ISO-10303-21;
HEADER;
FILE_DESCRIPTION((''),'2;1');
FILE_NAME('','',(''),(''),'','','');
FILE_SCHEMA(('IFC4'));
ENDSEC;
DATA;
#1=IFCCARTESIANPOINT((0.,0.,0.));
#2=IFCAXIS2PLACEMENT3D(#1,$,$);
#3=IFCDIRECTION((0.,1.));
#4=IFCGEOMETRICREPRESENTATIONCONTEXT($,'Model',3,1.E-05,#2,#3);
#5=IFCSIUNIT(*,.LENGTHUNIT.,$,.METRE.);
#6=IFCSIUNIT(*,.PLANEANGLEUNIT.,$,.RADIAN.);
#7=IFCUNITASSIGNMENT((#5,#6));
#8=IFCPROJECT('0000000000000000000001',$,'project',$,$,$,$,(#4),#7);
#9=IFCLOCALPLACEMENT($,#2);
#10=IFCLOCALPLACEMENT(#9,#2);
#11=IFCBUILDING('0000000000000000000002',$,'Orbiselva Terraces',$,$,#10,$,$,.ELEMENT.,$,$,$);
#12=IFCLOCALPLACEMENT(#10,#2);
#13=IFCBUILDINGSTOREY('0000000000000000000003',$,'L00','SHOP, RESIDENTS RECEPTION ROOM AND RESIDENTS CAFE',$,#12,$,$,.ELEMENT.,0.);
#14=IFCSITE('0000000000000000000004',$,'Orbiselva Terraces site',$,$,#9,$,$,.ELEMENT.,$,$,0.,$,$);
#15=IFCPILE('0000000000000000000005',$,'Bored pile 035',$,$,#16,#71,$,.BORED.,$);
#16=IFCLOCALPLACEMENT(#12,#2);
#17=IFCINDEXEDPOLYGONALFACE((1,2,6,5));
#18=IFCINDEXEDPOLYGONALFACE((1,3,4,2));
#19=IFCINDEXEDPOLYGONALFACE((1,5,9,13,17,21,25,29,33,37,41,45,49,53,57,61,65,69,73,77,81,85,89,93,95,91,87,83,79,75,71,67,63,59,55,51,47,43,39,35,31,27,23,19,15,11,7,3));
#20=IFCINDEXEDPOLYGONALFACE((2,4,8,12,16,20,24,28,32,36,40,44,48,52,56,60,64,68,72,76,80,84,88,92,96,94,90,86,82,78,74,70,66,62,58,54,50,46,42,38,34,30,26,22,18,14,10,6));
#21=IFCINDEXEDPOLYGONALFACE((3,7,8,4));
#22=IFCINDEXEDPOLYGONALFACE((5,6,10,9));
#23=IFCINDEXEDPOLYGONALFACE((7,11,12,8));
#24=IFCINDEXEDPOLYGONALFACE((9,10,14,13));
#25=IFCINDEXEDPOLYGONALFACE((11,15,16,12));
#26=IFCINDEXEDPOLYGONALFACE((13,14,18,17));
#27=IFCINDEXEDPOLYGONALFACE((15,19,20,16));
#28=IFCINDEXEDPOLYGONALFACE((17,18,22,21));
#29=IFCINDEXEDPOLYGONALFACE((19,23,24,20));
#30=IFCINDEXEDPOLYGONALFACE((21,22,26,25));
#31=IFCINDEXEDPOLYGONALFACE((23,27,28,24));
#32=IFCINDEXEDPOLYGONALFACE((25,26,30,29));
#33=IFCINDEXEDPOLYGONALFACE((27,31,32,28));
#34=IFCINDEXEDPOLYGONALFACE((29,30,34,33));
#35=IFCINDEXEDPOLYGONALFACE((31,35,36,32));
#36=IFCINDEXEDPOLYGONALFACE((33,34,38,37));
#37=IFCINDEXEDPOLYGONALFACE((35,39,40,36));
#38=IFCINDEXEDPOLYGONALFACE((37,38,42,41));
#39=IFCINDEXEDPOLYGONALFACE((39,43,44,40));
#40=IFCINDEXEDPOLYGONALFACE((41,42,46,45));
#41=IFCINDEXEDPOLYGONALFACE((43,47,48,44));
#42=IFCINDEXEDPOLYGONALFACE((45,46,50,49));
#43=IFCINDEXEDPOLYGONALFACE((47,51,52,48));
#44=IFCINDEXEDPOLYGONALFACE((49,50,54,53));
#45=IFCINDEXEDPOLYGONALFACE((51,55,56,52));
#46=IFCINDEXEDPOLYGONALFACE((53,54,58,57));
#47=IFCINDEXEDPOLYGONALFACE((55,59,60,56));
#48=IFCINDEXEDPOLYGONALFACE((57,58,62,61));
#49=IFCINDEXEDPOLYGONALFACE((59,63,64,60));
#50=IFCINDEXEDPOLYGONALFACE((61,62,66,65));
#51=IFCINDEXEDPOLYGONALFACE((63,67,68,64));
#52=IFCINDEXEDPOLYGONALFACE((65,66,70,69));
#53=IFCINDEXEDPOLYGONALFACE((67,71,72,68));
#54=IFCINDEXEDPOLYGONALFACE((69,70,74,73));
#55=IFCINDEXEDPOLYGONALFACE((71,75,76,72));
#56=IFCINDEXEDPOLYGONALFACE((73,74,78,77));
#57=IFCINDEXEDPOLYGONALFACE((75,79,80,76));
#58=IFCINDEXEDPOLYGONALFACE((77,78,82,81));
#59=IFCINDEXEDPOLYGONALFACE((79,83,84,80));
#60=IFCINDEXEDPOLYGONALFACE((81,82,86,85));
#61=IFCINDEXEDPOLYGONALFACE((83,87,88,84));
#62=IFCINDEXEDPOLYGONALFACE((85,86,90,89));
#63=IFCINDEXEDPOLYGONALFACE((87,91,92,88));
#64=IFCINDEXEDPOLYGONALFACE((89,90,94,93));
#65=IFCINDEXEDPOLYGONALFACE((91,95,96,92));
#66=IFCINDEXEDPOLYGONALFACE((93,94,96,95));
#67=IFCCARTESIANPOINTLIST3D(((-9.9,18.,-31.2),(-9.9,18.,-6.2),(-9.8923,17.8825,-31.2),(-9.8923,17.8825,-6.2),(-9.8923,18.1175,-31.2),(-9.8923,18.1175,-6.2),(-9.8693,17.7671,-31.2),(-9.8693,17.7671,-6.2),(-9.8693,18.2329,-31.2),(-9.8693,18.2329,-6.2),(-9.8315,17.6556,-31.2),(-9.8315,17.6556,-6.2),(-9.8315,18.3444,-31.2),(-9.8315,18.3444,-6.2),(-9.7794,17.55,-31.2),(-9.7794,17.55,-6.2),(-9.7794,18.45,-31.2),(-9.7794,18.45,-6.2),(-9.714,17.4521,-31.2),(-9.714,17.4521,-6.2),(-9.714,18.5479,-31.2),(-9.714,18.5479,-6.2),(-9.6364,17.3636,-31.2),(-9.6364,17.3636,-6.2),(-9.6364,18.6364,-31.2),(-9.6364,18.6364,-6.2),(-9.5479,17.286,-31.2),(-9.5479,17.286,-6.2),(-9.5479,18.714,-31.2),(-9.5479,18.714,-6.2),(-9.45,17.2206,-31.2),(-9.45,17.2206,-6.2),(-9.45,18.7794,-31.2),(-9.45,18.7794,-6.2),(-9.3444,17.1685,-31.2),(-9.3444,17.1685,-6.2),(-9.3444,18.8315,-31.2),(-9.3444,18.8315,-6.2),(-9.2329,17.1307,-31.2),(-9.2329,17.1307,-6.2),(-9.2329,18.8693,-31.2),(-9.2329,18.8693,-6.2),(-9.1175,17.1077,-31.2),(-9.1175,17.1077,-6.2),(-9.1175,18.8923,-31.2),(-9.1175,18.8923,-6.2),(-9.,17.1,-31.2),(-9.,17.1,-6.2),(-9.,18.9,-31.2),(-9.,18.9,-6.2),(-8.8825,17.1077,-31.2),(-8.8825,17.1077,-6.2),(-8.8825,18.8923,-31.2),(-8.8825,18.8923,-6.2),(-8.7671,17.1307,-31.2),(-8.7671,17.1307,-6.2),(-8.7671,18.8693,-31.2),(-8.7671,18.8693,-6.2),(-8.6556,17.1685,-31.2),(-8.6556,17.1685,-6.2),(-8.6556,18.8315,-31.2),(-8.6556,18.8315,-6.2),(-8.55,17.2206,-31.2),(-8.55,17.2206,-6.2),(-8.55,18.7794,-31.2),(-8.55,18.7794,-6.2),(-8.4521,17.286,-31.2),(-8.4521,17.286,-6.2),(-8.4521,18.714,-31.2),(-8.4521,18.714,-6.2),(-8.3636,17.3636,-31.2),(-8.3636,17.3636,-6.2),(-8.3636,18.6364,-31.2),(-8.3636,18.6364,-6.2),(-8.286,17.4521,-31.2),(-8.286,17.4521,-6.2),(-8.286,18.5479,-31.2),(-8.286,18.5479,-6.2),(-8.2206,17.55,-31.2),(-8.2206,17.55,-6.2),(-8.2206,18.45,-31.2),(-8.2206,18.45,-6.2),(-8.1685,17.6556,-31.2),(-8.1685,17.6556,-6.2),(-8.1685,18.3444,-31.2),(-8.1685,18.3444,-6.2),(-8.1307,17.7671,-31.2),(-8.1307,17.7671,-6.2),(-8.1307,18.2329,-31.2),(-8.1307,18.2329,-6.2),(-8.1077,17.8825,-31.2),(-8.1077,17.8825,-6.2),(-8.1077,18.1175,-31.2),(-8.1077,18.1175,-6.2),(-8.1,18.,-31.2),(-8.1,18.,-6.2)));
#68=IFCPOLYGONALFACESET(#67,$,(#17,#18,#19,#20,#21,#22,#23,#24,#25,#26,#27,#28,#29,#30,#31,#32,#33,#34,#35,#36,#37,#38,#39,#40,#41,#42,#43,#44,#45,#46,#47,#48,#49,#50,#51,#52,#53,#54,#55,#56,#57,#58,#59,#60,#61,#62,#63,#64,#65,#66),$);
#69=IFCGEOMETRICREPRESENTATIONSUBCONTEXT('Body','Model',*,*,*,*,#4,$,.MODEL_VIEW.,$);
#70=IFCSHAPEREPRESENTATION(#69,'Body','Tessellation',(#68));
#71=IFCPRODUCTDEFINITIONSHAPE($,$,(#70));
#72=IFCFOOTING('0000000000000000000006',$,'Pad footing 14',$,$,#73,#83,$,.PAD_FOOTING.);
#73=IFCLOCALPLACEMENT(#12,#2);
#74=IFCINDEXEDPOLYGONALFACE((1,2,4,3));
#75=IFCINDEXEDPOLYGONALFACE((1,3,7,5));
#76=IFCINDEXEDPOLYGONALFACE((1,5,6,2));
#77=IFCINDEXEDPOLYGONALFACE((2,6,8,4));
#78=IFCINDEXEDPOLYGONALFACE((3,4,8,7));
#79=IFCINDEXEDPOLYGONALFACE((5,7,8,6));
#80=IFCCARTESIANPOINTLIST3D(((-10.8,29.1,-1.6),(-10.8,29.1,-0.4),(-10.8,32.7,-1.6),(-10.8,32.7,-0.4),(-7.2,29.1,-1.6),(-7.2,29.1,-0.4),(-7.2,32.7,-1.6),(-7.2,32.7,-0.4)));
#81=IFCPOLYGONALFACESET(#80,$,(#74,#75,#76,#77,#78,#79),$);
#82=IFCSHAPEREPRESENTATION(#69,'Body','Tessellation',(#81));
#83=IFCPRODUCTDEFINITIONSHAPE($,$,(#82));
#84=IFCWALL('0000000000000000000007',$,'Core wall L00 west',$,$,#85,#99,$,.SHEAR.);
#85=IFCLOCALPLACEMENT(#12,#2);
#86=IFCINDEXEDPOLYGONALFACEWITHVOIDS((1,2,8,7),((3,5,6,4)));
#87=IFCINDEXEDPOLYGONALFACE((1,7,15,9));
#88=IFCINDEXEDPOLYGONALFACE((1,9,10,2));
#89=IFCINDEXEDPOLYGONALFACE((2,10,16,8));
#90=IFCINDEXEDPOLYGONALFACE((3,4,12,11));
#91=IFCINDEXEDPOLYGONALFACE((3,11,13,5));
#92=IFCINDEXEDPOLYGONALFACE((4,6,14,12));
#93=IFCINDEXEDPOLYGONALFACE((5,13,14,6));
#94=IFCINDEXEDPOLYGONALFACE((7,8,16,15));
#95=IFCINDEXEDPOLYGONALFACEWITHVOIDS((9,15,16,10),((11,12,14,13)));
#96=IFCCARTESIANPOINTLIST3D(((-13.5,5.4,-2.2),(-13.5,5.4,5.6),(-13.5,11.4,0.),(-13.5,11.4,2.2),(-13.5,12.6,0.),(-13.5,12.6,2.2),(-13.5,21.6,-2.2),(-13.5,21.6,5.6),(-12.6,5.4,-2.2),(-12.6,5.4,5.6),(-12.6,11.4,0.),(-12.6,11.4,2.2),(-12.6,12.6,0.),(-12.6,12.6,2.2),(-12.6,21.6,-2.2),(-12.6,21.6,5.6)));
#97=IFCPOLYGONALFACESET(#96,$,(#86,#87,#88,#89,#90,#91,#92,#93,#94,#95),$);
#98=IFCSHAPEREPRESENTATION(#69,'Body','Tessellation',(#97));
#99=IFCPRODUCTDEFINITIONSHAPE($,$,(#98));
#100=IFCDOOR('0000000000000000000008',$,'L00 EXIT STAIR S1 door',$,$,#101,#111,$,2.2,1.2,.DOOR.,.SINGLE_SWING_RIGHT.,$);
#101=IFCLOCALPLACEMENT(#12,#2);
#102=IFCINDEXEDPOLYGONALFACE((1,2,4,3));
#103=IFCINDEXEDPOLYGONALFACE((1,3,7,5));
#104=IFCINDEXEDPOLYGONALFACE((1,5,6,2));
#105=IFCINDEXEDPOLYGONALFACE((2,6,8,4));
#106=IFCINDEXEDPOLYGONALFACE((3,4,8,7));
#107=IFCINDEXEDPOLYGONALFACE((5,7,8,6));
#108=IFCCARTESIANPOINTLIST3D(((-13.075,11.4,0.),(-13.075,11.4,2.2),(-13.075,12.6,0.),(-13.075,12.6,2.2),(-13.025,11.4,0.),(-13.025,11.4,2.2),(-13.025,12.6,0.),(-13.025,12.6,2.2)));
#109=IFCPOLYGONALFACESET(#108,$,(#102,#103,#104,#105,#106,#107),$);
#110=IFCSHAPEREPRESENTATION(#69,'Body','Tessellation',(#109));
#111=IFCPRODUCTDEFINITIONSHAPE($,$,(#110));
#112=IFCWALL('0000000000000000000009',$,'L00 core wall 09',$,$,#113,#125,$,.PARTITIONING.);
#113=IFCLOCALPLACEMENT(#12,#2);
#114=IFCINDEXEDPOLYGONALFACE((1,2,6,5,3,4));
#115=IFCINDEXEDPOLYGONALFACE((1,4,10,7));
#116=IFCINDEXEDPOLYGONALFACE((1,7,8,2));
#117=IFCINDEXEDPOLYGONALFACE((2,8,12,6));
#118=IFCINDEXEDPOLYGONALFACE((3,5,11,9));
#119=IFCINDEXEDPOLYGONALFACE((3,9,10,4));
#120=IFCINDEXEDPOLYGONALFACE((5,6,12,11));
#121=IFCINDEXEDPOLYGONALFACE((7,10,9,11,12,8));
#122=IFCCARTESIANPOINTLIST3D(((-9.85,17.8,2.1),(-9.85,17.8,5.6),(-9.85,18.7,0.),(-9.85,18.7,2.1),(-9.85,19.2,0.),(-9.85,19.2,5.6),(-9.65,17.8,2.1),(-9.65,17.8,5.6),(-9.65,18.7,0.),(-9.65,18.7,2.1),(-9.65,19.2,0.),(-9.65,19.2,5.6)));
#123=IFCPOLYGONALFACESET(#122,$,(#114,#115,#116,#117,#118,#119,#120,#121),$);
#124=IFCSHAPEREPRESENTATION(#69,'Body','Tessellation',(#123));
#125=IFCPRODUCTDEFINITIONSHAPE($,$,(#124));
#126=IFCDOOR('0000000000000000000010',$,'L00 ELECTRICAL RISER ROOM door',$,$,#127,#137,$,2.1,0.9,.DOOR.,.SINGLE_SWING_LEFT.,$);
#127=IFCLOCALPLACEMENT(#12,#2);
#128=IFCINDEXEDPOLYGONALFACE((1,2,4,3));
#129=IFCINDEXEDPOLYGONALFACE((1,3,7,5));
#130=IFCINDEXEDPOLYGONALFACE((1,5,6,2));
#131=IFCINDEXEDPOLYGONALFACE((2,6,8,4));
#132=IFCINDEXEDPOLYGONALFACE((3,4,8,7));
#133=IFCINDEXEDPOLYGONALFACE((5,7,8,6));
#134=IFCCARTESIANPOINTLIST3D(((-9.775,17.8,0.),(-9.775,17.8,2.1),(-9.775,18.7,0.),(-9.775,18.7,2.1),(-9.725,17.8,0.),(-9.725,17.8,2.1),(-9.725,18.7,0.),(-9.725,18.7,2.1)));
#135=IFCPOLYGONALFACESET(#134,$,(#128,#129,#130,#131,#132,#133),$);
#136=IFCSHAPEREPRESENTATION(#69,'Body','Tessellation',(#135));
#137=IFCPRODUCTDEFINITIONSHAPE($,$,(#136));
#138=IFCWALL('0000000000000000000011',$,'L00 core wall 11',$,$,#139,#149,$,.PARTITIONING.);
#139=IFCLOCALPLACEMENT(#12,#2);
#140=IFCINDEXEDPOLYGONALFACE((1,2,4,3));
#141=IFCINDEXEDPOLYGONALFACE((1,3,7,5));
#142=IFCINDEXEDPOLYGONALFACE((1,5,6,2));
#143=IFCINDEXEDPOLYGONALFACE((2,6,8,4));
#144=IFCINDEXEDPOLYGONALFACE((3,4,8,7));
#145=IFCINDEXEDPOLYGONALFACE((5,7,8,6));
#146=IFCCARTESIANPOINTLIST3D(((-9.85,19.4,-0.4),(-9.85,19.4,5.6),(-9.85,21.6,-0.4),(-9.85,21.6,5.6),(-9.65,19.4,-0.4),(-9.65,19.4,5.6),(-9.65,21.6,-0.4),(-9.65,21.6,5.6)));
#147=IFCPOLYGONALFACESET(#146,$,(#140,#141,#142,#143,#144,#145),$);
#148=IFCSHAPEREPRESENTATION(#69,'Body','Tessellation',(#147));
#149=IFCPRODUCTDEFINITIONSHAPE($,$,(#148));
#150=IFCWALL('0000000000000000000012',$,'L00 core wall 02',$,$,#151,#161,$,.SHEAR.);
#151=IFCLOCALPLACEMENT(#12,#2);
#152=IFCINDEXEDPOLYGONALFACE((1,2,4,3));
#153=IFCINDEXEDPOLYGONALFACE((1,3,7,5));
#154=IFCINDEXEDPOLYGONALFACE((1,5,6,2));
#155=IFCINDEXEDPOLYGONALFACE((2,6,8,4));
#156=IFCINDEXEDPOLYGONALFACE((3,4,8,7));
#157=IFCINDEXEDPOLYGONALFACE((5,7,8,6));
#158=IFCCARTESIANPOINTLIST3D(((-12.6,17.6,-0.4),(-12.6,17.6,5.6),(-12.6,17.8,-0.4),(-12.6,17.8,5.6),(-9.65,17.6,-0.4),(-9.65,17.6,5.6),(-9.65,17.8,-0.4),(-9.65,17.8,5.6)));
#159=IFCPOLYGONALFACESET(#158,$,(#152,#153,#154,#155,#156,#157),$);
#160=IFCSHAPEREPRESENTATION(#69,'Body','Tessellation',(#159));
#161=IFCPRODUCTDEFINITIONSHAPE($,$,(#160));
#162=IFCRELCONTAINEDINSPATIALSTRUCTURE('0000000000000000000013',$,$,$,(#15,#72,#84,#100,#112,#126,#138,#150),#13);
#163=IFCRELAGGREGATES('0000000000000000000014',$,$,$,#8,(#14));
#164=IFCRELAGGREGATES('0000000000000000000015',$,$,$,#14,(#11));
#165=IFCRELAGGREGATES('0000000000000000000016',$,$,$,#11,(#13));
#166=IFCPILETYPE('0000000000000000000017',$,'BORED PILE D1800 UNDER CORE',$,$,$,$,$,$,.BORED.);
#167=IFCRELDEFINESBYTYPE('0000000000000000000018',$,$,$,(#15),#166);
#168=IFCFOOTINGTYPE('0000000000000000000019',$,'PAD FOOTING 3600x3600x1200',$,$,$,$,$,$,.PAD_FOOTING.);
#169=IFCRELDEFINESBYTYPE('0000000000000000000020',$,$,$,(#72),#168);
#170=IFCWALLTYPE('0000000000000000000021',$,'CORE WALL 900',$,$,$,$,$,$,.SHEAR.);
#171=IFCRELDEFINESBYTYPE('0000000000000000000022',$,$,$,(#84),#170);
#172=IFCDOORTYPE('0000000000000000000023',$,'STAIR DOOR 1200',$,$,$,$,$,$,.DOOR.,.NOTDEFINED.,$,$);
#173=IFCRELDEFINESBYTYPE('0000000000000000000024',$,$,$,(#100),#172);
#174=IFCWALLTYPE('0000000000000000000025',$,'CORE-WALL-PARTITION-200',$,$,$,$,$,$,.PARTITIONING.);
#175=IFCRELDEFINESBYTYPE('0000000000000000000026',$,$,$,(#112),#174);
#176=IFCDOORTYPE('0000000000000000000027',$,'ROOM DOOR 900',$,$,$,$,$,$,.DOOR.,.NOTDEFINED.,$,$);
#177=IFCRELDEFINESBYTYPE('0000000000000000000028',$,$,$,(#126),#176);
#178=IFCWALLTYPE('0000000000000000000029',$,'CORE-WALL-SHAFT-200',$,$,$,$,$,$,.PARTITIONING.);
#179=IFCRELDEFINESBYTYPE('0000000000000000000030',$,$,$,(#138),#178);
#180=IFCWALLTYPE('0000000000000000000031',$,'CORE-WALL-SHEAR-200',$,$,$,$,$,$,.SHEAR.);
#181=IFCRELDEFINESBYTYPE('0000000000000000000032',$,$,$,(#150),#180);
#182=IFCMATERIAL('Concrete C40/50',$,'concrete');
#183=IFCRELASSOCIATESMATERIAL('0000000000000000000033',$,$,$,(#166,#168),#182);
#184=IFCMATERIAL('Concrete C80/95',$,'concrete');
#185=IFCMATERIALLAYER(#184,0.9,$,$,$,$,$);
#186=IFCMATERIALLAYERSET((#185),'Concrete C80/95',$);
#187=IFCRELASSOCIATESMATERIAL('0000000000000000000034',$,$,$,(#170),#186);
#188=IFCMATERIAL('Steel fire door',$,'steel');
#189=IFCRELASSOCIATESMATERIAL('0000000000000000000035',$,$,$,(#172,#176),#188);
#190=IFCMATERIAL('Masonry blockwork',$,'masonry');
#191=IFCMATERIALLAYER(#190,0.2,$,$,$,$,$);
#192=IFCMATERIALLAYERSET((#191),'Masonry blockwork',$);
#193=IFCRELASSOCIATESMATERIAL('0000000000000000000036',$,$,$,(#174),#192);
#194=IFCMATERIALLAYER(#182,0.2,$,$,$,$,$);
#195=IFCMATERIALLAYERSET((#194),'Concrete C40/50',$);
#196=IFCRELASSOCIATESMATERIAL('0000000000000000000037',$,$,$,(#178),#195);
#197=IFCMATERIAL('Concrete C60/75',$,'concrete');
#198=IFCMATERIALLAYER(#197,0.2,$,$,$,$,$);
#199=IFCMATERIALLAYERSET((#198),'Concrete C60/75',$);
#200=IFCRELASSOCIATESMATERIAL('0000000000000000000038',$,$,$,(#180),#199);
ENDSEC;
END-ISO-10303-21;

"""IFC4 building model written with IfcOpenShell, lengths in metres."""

from ifc_helpers import new_model, si_unit, direction, frame, frame_2d, origin, origin_2d, place, context, subcontext, project, spatial, rectangle, circle, extrude, material, layer, layer_set, material_profile, profile_set, type_object, element, fill, save


model = new_model("IFC4")

# Units and contexts
model_context = context("Model", 3, precision=1e-05, world=origin(), true_north=direction((0.0, 1.0)))
body_context = subcontext(model_context, "Body", "Model", "MODEL_VIEW")
ifc_project = project(units=[si_unit("LENGTHUNIT", "METRE"), si_unit("PLANEANGLEUNIT", "RADIAN")], contexts=[model_context])

# Site, building, storey
site_placement = place(None, origin())
site = spatial("IfcSite", under=ifc_project, at=site_placement, Name="Orbiselva Terraces site", CompositionType="ELEMENT", RefElevation=0.0)
building_placement = place(site_placement, origin())
building = spatial("IfcBuilding", under=site, at=building_placement, Name="Orbiselva Terraces", CompositionType="ELEMENT")
storey_placement = place(building_placement, origin())
storey = spatial("IfcBuildingStorey", under=building, at=storey_placement, Name="L00", Description="SHOP, RESIDENTS RECEPTION ROOM AND RESIDENTS CAFE", CompositionType="ELEMENT", Elevation=0.0)

# Pile
ifc_material_1 = material(Name="Concrete C40/50", Category="concrete")
ifc_material_profile_1 = material_profile(ifc_material_1, circle(Radius=0.9, at=origin_2d()), Name="D1800")
ifc_profile_set_1 = profile_set([ifc_material_profile_1], Name="Concrete C40/50")
pile_type_1 = type_object("IfcPileType", Name="BORED PILE D1800 UNDER CORE", PredefinedType="BORED", material=ifc_profile_set_1)
pile_placement = place(storey_placement, frame((-9.0, 18.0, -6.2), z_axis=(0.0, 0.0, -1.0), x_axis=(1.0, 0.0, 0.0)))
element("IfcPile", 1, at=pile_placement, inside=storey, type_object=pile_type_1, Name="Bored pile 035", PredefinedType="BORED", context=body_context, shape_type="SweptSolid", body=[
    extrude(circle(Radius=0.9, at=origin_2d()), origin(), (0.0, 0.0, 1.0), 25.0),
])

# Footing
footing_type = type_object("IfcFootingType", Name="PAD FOOTING 3600x3600x1200", PredefinedType="PAD_FOOTING", material=ifc_material_1)
footing_placement = place(storey_placement, frame((-9.0, 30.9, -1.6), z_axis=(0.0, 0.0, 1.0), x_axis=(1.0, 0.0, 0.0)))
element("IfcFooting", 2, at=footing_placement, inside=storey, type_object=footing_type, Name="Pad footing 14", PredefinedType="PAD_FOOTING", context=body_context, shape_type="SweptSolid", body=[
    extrude(rectangle(XDim=3.6, YDim=3.6, at=origin_2d()), origin(), (0.0, 0.0, 1.0), 1.2),
])

# Walls, openings, doors
ifc_material_2 = material(Name="Concrete C80/95", Category="concrete")
ifc_layer_1 = layer(ifc_material_2, 0.9)
ifc_layer_set_1 = layer_set([ifc_layer_1], Name="Concrete C80/95")
wall_type_1 = type_object("IfcWallType", Name="CORE WALL 900", PredefinedType="SHEAR", material=ifc_layer_set_1)
wall_1_placement = place(storey_placement, frame((-13.05, 21.6, -2.2), z_axis=(0.0, 0.0, 1.0), x_axis=(0.0, -1.0, 0.0)))
wall_1 = element("IfcWall", 3, at=wall_1_placement, inside=storey, type_object=wall_type_1, Name="Core wall L00 west", PredefinedType="SHEAR", context=body_context, shape_type="SweptSolid", body=[
    extrude(rectangle(XDim=16.2, YDim=0.9, at=frame_2d((8.1, 0.0))), origin(), (0.0, 0.0, 1.0), 7.8),
])
opening_1_placement = place(wall_1_placement, frame((9.0, 0.0, 2.2)))
opening_1 = element("IfcOpeningElement", 4, at=opening_1_placement, cuts=wall_1, PredefinedType="OPENING", context=body_context, shape_type="SweptSolid", body=[
    extrude(rectangle(XDim=1.2, YDim=2.2, at=frame_2d((0.6, 1.1))), frame((0.0, 0.46, 0.0), z_axis=(0.0, -1.0, 0.0), x_axis=(1.0, 0.0, 0.0)), (0.0, 0.0, 1.0), 0.92),
])
ifc_material_3 = material(Name="Steel fire door", Category="steel")
door_type_1 = type_object("IfcDoorType", Name="STAIR DOOR 1200", OperationType="NOTDEFINED", PredefinedType="DOOR", material=ifc_material_3)
door_1_placement = place(opening_1_placement, frame((1.2, 0.0, 0.0), z_axis=(0.0, 0.0, 1.0), x_axis=(-1.0, 0.0, 0.0)))
door_1 = element("IfcDoor", 5, at=door_1_placement, inside=storey, type_object=door_type_1, Name="L00 EXIT STAIR S1 door", OperationType="SINGLE_SWING_RIGHT", OverallHeight=2.2, OverallWidth=1.2, PredefinedType="DOOR", context=body_context, shape_type="SweptSolid", body=[
    extrude(rectangle(XDim=1.2, YDim=2.2, at=frame_2d((0.6, 1.1))), frame((0.0, 0.025, 0.0), z_axis=(0.0, -1.0, 0.0), x_axis=(1.0, 0.0, 0.0)), (0.0, 0.0, 1.0), 0.05),
])
fill(opening_1, door_1)
ifc_material_4 = material(Name="Masonry blockwork", Category="masonry")
ifc_layer_2 = layer(ifc_material_4, 0.2)
ifc_layer_set_2 = layer_set([ifc_layer_2], Name="Masonry blockwork")
wall_type_2 = type_object("IfcWallType", Name="CORE-WALL-PARTITION-200", PredefinedType="PARTITIONING", material=ifc_layer_set_2)
wall_2_placement = place(storey_placement, frame((-9.75, 17.8, 0.0), z_axis=(0.0, 0.0, 1.0), x_axis=(0.0, 1.0, 0.0)))
wall_2 = element("IfcWall", 6, at=wall_2_placement, inside=storey, type_object=wall_type_2, Name="L00 core wall 09", PredefinedType="PARTITIONING", context=body_context, shape_type="SweptSolid", body=[
    extrude(rectangle(XDim=1.4, YDim=0.2, at=frame_2d((0.7, 0.0))), origin(), (0.0, 0.0, 1.0), 5.6),
])
opening_2_placement = place(wall_2_placement, origin())
opening_2 = element("IfcOpeningElement", 7, at=opening_2_placement, cuts=wall_2, PredefinedType="OPENING", context=body_context, shape_type="SweptSolid", body=[
    extrude(rectangle(XDim=0.9, YDim=2.1, at=frame_2d((0.45, 1.05))), frame((0.0, 0.11, 0.0), z_axis=(0.0, -1.0, 0.0), x_axis=(1.0, 0.0, 0.0)), (0.0, 0.0, 1.0), 0.22),
])
door_type_2 = type_object("IfcDoorType", Name="ROOM DOOR 900", OperationType="NOTDEFINED", PredefinedType="DOOR", material=ifc_material_3)
door_2_placement = place(opening_2_placement, origin())
door_2 = element("IfcDoor", 8, at=door_2_placement, inside=storey, type_object=door_type_2, Name="L00 ELECTRICAL RISER ROOM door", OperationType="SINGLE_SWING_LEFT", OverallHeight=2.1, OverallWidth=0.9, PredefinedType="DOOR", context=body_context, shape_type="SweptSolid", body=[
    extrude(rectangle(XDim=0.9, YDim=2.1, at=frame_2d((0.45, 1.05))), frame((0.0, 0.025, 0.0), z_axis=(0.0, -1.0, 0.0), x_axis=(1.0, 0.0, 0.0)), (0.0, 0.0, 1.0), 0.05),
])
fill(opening_2, door_2)

# Walls
ifc_layer_3 = layer(ifc_material_1, 0.2)
ifc_layer_set_3 = layer_set([ifc_layer_3], Name="Concrete C40/50")
wall_type_3 = type_object("IfcWallType", Name="CORE-WALL-SHAFT-200", PredefinedType="PARTITIONING", material=ifc_layer_set_3)
wall_3_placement = place(storey_placement, frame((-9.75, 19.4, -0.4), z_axis=(0.0, 0.0, 1.0), x_axis=(0.0, 1.0, 0.0)))
element("IfcWall", 9, at=wall_3_placement, inside=storey, type_object=wall_type_3, Name="L00 core wall 11", PredefinedType="PARTITIONING", context=body_context, shape_type="SweptSolid", body=[
    extrude(rectangle(XDim=2.2, YDim=0.2, at=frame_2d((1.1, 0.0))), origin(), (0.0, 0.0, 1.0), 6.0),
])
ifc_material_5 = material(Name="Concrete C60/75", Category="concrete")
ifc_layer_4 = layer(ifc_material_5, 0.2)
ifc_layer_set_4 = layer_set([ifc_layer_4], Name="Concrete C60/75")
wall_type_4 = type_object("IfcWallType", Name="CORE-WALL-SHEAR-200", PredefinedType="SHEAR", material=ifc_layer_set_4)
wall_4_placement = place(storey_placement, frame((-12.6, 17.7, -0.4), z_axis=(0.0, 0.0, 1.0), x_axis=(1.0, 0.0, 0.0)))
element("IfcWall", 10, at=wall_4_placement, inside=storey, type_object=wall_type_4, Name="L00 core wall 02", PredefinedType="SHEAR", context=body_context, shape_type="SweptSolid", body=[
    extrude(rectangle(XDim=2.95, YDim=0.2, at=frame_2d((1.475, 0.0))), origin(), (0.0, 0.0, 1.0), 6.0),
])

save(model, "model.ifc")
